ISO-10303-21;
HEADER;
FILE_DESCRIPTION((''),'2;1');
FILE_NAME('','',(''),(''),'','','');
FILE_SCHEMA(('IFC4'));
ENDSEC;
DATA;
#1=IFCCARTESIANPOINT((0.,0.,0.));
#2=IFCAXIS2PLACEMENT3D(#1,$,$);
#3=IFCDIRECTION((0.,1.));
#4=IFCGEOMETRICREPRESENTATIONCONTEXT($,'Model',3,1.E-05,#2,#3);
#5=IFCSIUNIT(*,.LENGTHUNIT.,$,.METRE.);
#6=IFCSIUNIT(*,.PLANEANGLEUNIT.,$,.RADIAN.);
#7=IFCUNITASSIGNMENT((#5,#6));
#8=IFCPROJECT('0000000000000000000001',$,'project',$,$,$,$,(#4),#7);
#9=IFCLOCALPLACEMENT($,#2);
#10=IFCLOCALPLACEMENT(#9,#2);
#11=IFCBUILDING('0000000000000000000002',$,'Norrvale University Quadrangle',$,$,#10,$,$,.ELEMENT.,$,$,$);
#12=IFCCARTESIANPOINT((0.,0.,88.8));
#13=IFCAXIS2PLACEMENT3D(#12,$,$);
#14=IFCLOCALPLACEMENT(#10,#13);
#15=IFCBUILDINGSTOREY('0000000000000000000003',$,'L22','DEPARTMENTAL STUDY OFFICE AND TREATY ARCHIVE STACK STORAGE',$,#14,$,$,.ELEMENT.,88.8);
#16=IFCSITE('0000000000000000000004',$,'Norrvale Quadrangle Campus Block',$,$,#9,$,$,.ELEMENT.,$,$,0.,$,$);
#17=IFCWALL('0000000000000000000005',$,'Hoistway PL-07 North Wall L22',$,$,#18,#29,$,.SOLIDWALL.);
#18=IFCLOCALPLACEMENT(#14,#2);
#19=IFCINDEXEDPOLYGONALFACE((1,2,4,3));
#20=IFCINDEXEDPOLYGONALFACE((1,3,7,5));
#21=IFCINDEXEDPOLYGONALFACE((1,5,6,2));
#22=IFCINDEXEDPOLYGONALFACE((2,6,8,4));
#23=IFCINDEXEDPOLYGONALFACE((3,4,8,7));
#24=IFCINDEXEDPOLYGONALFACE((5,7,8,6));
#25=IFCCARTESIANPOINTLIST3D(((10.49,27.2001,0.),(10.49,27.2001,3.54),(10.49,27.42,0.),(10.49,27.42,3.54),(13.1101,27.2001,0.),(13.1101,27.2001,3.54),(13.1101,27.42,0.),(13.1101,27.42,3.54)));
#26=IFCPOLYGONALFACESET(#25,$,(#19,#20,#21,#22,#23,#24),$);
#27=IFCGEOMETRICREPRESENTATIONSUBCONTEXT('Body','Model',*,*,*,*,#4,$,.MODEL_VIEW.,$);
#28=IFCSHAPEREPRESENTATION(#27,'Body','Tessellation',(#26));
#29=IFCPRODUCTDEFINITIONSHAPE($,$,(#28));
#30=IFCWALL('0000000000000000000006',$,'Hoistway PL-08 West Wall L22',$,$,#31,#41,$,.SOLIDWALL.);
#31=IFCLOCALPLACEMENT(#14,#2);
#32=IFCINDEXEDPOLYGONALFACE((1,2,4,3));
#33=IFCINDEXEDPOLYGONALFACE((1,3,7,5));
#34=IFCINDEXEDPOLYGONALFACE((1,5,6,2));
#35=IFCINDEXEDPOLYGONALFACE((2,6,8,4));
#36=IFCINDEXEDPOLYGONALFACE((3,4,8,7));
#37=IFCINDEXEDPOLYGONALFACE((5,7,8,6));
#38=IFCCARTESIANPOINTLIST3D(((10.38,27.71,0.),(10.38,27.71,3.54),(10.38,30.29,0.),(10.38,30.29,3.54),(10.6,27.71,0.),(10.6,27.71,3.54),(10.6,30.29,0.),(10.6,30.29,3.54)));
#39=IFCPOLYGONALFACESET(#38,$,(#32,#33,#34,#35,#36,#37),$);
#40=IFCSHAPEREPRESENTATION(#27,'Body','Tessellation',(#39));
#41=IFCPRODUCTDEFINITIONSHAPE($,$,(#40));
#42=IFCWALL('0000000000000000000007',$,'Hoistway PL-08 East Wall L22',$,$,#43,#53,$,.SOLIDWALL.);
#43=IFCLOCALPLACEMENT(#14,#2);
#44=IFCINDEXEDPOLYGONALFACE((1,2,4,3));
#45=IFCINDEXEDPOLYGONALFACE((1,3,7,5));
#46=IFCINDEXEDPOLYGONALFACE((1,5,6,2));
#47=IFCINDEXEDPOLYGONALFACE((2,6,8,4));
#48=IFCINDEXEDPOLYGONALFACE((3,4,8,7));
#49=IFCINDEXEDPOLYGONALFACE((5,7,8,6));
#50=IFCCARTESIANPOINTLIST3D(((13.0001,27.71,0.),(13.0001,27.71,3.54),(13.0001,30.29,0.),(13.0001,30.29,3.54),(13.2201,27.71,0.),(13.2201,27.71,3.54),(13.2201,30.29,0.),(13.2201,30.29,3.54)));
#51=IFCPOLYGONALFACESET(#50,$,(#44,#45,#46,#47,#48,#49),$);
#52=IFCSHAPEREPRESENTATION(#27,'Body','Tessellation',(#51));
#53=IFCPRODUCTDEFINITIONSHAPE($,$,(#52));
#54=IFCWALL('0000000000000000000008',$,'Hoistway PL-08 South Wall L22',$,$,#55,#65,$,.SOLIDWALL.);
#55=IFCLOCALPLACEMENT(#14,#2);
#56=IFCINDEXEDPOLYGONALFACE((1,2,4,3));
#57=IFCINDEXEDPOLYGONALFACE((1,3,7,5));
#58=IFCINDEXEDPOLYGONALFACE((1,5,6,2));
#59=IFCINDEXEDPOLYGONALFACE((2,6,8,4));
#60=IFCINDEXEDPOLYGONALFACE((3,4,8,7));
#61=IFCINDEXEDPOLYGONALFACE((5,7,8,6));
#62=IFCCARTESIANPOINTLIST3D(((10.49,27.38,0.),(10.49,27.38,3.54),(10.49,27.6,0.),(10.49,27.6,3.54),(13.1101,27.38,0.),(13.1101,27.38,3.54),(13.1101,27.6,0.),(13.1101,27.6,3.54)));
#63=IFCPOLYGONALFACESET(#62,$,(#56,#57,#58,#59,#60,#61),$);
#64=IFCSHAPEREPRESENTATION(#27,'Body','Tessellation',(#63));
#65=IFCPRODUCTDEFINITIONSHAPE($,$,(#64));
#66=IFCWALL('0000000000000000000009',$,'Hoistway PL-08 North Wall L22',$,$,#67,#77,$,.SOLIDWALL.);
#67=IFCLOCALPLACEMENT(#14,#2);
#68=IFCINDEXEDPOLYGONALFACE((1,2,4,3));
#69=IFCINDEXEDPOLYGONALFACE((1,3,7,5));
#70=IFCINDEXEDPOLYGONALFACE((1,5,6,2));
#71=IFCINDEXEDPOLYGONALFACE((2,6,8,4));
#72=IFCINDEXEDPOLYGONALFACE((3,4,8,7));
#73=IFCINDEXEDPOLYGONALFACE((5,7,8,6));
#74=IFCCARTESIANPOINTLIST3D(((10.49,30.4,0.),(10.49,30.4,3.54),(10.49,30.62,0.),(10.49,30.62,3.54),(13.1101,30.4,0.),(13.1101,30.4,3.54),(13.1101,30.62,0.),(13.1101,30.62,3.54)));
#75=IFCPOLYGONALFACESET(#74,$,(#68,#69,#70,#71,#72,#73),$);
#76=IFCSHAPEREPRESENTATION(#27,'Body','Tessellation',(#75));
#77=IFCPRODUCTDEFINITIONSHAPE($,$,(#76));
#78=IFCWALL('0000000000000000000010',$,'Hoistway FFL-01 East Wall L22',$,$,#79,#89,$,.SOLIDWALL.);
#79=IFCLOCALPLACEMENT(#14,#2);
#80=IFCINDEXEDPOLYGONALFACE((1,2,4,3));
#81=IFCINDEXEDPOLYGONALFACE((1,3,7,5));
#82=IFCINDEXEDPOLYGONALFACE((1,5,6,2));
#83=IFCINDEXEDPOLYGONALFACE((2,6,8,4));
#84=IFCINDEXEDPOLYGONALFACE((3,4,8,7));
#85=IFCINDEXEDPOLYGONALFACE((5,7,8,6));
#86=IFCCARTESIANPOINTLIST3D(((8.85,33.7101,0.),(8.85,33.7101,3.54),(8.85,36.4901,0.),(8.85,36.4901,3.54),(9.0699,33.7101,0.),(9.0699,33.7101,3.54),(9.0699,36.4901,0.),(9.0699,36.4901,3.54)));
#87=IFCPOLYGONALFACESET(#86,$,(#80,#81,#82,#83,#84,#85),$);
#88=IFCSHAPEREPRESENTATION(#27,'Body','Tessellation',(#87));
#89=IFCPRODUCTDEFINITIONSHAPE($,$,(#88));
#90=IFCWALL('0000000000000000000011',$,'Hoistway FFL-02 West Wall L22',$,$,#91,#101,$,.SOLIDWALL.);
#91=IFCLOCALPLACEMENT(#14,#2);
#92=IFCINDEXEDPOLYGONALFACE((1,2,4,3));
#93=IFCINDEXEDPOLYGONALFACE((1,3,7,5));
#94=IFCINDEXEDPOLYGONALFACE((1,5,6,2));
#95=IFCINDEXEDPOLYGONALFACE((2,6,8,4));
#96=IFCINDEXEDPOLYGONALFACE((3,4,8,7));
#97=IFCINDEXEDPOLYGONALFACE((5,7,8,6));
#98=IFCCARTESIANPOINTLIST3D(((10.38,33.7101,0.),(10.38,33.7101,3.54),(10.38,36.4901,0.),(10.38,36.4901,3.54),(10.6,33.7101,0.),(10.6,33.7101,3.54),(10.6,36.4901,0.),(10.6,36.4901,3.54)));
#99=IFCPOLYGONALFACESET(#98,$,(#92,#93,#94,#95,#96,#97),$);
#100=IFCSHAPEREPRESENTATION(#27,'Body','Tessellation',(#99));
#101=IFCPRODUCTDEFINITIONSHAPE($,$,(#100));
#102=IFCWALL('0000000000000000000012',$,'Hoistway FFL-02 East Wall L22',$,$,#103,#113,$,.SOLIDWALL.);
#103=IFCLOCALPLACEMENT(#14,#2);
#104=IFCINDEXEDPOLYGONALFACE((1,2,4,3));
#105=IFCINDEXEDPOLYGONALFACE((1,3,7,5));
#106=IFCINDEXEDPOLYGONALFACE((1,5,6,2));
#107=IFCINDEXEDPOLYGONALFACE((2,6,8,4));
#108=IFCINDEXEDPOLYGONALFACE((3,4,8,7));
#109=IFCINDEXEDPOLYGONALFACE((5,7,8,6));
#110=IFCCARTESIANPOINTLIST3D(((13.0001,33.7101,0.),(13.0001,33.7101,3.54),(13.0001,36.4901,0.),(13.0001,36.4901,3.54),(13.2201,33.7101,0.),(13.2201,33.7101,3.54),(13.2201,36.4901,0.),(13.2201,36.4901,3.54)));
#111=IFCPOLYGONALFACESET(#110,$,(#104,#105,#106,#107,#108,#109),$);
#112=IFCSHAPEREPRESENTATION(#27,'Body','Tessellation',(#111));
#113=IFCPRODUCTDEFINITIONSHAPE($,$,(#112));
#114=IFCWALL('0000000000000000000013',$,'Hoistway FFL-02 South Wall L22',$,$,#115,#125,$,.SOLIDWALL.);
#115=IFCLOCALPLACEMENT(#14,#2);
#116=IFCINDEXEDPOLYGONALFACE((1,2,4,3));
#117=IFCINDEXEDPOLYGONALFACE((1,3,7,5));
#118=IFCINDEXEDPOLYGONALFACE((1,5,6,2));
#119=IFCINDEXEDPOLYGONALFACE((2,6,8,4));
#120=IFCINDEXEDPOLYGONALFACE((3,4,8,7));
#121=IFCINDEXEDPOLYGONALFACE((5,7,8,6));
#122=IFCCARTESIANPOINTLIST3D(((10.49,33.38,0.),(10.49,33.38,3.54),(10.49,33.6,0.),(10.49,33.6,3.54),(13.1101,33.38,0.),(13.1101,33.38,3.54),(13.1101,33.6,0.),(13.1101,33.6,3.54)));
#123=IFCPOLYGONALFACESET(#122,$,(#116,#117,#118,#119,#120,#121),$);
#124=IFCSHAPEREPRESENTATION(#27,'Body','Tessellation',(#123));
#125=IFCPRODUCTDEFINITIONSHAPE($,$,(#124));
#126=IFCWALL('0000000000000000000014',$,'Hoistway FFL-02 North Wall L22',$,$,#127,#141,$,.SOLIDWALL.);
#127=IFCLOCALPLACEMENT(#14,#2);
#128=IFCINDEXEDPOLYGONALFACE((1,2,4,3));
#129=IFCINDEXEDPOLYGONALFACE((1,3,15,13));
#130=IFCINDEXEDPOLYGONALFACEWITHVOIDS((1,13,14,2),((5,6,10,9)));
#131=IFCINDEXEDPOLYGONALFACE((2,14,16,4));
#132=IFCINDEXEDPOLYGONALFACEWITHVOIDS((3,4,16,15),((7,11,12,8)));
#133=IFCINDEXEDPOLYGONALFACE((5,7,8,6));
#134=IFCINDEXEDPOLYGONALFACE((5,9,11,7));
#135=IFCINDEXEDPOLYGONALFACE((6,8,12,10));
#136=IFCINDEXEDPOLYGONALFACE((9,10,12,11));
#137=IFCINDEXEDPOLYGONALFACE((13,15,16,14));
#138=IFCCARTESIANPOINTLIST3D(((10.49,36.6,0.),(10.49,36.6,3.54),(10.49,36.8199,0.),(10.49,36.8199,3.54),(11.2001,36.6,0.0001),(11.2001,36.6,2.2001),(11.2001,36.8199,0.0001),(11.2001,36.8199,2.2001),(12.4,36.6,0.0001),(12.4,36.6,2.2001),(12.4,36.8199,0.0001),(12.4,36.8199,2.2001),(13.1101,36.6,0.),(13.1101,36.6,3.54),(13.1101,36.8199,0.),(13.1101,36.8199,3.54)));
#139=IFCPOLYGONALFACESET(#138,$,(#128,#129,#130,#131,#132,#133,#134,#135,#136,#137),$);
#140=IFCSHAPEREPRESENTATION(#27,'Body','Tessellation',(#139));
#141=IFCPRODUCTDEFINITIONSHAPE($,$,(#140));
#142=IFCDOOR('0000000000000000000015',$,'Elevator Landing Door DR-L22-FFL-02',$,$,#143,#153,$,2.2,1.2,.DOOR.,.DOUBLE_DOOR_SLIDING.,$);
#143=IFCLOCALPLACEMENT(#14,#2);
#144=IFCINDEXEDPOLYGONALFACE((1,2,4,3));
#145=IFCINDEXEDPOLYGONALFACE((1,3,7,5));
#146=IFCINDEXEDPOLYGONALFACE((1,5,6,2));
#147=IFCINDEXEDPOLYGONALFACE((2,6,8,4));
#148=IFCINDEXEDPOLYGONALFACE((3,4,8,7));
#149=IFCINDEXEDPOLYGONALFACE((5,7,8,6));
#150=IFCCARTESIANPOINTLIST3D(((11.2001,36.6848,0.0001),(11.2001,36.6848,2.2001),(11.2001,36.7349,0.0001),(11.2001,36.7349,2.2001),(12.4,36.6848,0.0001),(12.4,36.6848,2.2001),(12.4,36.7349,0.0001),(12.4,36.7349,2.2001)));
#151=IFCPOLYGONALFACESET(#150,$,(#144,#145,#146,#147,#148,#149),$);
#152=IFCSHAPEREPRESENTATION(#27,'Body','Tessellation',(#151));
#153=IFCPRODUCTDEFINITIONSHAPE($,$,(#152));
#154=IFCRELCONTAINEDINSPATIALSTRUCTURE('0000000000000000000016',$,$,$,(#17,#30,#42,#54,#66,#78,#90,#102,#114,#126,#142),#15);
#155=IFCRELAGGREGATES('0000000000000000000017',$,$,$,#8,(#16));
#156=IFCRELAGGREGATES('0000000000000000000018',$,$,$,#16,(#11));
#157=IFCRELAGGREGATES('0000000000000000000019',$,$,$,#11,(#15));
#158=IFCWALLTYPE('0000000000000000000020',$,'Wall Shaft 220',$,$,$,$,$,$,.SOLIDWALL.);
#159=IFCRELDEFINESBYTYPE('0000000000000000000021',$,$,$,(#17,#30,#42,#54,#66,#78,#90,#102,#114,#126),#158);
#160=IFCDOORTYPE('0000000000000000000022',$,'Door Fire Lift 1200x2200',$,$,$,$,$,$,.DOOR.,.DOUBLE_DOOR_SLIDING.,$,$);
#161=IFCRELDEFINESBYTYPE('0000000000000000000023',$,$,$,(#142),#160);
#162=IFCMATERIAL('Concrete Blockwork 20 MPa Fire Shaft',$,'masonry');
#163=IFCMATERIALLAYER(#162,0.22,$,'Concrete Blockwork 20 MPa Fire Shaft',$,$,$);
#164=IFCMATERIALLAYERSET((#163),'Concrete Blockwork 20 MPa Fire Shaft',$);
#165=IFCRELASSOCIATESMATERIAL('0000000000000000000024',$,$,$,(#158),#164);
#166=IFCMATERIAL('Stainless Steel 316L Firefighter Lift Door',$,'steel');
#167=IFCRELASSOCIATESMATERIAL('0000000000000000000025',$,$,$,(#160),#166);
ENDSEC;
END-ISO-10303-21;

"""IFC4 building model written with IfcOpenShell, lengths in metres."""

from ifc_helpers import new_model, si_unit, direction, frame, frame_2d, origin, place, context, subcontext, project, spatial, rectangle, extrude, material, layer, layer_set, type_object, element, fill, save


model = new_model("IFC4")

# Units and contexts
model_context = context("Model", 3, precision=1e-05, world=origin(), true_north=direction((0.0, 1.0)))
body_context = subcontext(model_context, "Body", "Model", "MODEL_VIEW")
ifc_project = project(units=[si_unit("LENGTHUNIT", "METRE"), si_unit("PLANEANGLEUNIT", "RADIAN")], contexts=[model_context])

# Site, building, storey
site_placement = place(None, origin())
site = spatial("IfcSite", under=ifc_project, at=site_placement, Name="Norrvale Quadrangle Campus Block", CompositionType="ELEMENT", RefElevation=0.0)
building_placement = place(site_placement, origin())
building = spatial("IfcBuilding", under=site, at=building_placement, Name="Norrvale University Quadrangle", CompositionType="ELEMENT")
storey_placement = place(building_placement, frame((0.0, 0.0, 88.8)))
storey = spatial("IfcBuildingStorey", under=building, at=storey_placement, Name="L22", Description="DEPARTMENTAL STUDY OFFICE AND TREATY ARCHIVE STACK STORAGE", CompositionType="ELEMENT", Elevation=88.8)

# Shared definitions
ifc_material_1 = material(Name="Concrete Blockwork 20 MPa Fire Shaft", Category="masonry")
ifc_layer_1 = layer(ifc_material_1, 0.22, Name="Concrete Blockwork 20 MPa Fire Shaft")
ifc_layer_set_1 = layer_set([ifc_layer_1], Name="Concrete Blockwork 20 MPa Fire Shaft")
wall_type_1 = type_object("IfcWallType", Name="Wall Shaft 220", PredefinedType="SOLIDWALL", material=ifc_layer_set_1)

# Walls
for number, where, z_axis, x_axis, name in (
    (1, (10.49, 27.3101, 0.0), (0.0, 0.0, 1.0), (1.0, 0.0, 0.0), "Hoistway PL-07 North Wall L22"),
):
    element("IfcWall", number, at=place(storey_placement, frame(where, z_axis=z_axis, x_axis=x_axis)), inside=storey, type_object=wall_type_1, Name=name, PredefinedType="SOLIDWALL", context=body_context, shape_type="SweptSolid", body=[
        extrude(rectangle(XDim=2.6201, YDim=0.22, at=frame_2d((1.3101, 0.0))), origin(), (0.0, 0.0, 1.0), 3.54),
    ])
for number, where, z_axis, x_axis, name in (
    (2, (10.49, 27.71, 0.0), (0.0, 0.0, 1.0), (0.0, 1.0, 0.0), "Hoistway PL-08 West Wall L22"),
    (3, (13.1101, 27.71, 0.0), (0.0, 0.0, 1.0), (0.0, 1.0, 0.0), "Hoistway PL-08 East Wall L22"),
):
    element("IfcWall", number, at=place(storey_placement, frame(where, z_axis=z_axis, x_axis=x_axis)), inside=storey, type_object=wall_type_1, Name=name, PredefinedType="SOLIDWALL", context=body_context, shape_type="SweptSolid", body=[
        extrude(rectangle(XDim=2.5801, YDim=0.22, at=frame_2d((1.29, 0.0))), origin(), (0.0, 0.0, 1.0), 3.54),
    ])
for number, where, z_axis, x_axis, name in (
    (4, (10.49, 27.49, 0.0), (0.0, 0.0, 1.0), (1.0, 0.0, 0.0), "Hoistway PL-08 South Wall L22"),
    (5, (10.49, 30.51, 0.0), (0.0, 0.0, 1.0), (1.0, 0.0, 0.0), "Hoistway PL-08 North Wall L22"),
):
    element("IfcWall", number, at=place(storey_placement, frame(where, z_axis=z_axis, x_axis=x_axis)), inside=storey, type_object=wall_type_1, Name=name, PredefinedType="SOLIDWALL", context=body_context, shape_type="SweptSolid", body=[
        extrude(rectangle(XDim=2.6201, YDim=0.22, at=frame_2d((1.3101, 0.0))), origin(), (0.0, 0.0, 1.0), 3.54),
    ])
for number, where, z_axis, x_axis, name in (
    (6, (8.96, 33.71, 0.0), (0.0, 0.0, 1.0), (0.0, 1.0, 0.0), "Hoistway FFL-01 East Wall L22"),
    (7, (10.49, 33.71, 0.0), (0.0, 0.0, 1.0), (0.0, 1.0, 0.0), "Hoistway FFL-02 West Wall L22"),
    (8, (13.1101, 33.71, 0.0), (0.0, 0.0, 1.0), (0.0, 1.0, 0.0), "Hoistway FFL-02 East Wall L22"),
):
    element("IfcWall", number, at=place(storey_placement, frame(where, z_axis=z_axis, x_axis=x_axis)), inside=storey, type_object=wall_type_1, Name=name, PredefinedType="SOLIDWALL", context=body_context, shape_type="SweptSolid", body=[
        extrude(rectangle(XDim=2.78, YDim=0.22, at=frame_2d((1.3901, 0.0))), origin(), (0.0, 0.0, 1.0), 3.54),
    ])
wall_1_placement = place(storey_placement, frame((10.49, 33.49, 0.0), z_axis=(0.0, 0.0, 1.0), x_axis=(1.0, 0.0, 0.0)))
element("IfcWall", 9, at=wall_1_placement, inside=storey, type_object=wall_type_1, Name="Hoistway FFL-02 South Wall L22", PredefinedType="SOLIDWALL", context=body_context, shape_type="SweptSolid", body=[
    extrude(rectangle(XDim=2.6201, YDim=0.22, at=frame_2d((1.3101, 0.0))), origin(), (0.0, 0.0, 1.0), 3.54),
])

# Wall, opening, door
wall_2_placement = place(storey_placement, frame((10.49, 36.71, 0.0), z_axis=(0.0, 0.0, 1.0), x_axis=(1.0, 0.0, 0.0)))
wall_2 = element("IfcWall", 10, at=wall_2_placement, inside=storey, type_object=wall_type_1, Name="Hoistway FFL-02 North Wall L22", PredefinedType="SOLIDWALL", context=body_context, shape_type="SweptSolid", body=[
    extrude(rectangle(XDim=2.6201, YDim=0.22, at=frame_2d((1.3101, 0.0))), origin(), (0.0, 0.0, 1.0), 3.54),
])
opening_1_placement = place(wall_2_placement, frame((0.71, 0.0, 0.0)))
opening_1 = element("IfcOpeningElement", 11, at=opening_1_placement, cuts=wall_2, PredefinedType="OPENING", context=body_context, shape_type="SweptSolid", body=[
    extrude(rectangle(XDim=1.2, YDim=2.2, at=frame_2d((0.6001, 1.1001))), frame((0.0, 0.1221, 0.0), z_axis=(0.0, -1.0, 0.0), x_axis=(1.0, 0.0, 0.0)), (0.0, 0.0, 1.0), 0.2439),
])
ifc_material_2 = material(Name="Stainless Steel 316L Firefighter Lift Door", Category="steel")
door_type_1 = type_object("IfcDoorType", Name="Door Fire Lift 1200x2200", OperationType="DOUBLE_DOOR_SLIDING", PredefinedType="DOOR", material=ifc_material_2)
door_1_placement = place(opening_1_placement, origin())
door_1 = element("IfcDoor", 12, at=door_1_placement, inside=storey, type_object=door_type_1, Name="Elevator Landing Door DR-L22-FFL-02", OperationType="DOUBLE_DOOR_SLIDING", OverallHeight=2.2, OverallWidth=1.2, PredefinedType="DOOR", context=body_context, shape_type="SweptSolid", body=[
    extrude(rectangle(XDim=1.2, YDim=2.2, at=frame_2d((0.6001, 1.1001))), frame((0.0, 0.0249, 0.0), z_axis=(0.0, -1.0, 0.0), x_axis=(1.0, 0.0, 0.0)), (0.0, 0.0, 1.0), 0.05),
])
fill(opening_1, door_1)

save(model, "model.ifc")
